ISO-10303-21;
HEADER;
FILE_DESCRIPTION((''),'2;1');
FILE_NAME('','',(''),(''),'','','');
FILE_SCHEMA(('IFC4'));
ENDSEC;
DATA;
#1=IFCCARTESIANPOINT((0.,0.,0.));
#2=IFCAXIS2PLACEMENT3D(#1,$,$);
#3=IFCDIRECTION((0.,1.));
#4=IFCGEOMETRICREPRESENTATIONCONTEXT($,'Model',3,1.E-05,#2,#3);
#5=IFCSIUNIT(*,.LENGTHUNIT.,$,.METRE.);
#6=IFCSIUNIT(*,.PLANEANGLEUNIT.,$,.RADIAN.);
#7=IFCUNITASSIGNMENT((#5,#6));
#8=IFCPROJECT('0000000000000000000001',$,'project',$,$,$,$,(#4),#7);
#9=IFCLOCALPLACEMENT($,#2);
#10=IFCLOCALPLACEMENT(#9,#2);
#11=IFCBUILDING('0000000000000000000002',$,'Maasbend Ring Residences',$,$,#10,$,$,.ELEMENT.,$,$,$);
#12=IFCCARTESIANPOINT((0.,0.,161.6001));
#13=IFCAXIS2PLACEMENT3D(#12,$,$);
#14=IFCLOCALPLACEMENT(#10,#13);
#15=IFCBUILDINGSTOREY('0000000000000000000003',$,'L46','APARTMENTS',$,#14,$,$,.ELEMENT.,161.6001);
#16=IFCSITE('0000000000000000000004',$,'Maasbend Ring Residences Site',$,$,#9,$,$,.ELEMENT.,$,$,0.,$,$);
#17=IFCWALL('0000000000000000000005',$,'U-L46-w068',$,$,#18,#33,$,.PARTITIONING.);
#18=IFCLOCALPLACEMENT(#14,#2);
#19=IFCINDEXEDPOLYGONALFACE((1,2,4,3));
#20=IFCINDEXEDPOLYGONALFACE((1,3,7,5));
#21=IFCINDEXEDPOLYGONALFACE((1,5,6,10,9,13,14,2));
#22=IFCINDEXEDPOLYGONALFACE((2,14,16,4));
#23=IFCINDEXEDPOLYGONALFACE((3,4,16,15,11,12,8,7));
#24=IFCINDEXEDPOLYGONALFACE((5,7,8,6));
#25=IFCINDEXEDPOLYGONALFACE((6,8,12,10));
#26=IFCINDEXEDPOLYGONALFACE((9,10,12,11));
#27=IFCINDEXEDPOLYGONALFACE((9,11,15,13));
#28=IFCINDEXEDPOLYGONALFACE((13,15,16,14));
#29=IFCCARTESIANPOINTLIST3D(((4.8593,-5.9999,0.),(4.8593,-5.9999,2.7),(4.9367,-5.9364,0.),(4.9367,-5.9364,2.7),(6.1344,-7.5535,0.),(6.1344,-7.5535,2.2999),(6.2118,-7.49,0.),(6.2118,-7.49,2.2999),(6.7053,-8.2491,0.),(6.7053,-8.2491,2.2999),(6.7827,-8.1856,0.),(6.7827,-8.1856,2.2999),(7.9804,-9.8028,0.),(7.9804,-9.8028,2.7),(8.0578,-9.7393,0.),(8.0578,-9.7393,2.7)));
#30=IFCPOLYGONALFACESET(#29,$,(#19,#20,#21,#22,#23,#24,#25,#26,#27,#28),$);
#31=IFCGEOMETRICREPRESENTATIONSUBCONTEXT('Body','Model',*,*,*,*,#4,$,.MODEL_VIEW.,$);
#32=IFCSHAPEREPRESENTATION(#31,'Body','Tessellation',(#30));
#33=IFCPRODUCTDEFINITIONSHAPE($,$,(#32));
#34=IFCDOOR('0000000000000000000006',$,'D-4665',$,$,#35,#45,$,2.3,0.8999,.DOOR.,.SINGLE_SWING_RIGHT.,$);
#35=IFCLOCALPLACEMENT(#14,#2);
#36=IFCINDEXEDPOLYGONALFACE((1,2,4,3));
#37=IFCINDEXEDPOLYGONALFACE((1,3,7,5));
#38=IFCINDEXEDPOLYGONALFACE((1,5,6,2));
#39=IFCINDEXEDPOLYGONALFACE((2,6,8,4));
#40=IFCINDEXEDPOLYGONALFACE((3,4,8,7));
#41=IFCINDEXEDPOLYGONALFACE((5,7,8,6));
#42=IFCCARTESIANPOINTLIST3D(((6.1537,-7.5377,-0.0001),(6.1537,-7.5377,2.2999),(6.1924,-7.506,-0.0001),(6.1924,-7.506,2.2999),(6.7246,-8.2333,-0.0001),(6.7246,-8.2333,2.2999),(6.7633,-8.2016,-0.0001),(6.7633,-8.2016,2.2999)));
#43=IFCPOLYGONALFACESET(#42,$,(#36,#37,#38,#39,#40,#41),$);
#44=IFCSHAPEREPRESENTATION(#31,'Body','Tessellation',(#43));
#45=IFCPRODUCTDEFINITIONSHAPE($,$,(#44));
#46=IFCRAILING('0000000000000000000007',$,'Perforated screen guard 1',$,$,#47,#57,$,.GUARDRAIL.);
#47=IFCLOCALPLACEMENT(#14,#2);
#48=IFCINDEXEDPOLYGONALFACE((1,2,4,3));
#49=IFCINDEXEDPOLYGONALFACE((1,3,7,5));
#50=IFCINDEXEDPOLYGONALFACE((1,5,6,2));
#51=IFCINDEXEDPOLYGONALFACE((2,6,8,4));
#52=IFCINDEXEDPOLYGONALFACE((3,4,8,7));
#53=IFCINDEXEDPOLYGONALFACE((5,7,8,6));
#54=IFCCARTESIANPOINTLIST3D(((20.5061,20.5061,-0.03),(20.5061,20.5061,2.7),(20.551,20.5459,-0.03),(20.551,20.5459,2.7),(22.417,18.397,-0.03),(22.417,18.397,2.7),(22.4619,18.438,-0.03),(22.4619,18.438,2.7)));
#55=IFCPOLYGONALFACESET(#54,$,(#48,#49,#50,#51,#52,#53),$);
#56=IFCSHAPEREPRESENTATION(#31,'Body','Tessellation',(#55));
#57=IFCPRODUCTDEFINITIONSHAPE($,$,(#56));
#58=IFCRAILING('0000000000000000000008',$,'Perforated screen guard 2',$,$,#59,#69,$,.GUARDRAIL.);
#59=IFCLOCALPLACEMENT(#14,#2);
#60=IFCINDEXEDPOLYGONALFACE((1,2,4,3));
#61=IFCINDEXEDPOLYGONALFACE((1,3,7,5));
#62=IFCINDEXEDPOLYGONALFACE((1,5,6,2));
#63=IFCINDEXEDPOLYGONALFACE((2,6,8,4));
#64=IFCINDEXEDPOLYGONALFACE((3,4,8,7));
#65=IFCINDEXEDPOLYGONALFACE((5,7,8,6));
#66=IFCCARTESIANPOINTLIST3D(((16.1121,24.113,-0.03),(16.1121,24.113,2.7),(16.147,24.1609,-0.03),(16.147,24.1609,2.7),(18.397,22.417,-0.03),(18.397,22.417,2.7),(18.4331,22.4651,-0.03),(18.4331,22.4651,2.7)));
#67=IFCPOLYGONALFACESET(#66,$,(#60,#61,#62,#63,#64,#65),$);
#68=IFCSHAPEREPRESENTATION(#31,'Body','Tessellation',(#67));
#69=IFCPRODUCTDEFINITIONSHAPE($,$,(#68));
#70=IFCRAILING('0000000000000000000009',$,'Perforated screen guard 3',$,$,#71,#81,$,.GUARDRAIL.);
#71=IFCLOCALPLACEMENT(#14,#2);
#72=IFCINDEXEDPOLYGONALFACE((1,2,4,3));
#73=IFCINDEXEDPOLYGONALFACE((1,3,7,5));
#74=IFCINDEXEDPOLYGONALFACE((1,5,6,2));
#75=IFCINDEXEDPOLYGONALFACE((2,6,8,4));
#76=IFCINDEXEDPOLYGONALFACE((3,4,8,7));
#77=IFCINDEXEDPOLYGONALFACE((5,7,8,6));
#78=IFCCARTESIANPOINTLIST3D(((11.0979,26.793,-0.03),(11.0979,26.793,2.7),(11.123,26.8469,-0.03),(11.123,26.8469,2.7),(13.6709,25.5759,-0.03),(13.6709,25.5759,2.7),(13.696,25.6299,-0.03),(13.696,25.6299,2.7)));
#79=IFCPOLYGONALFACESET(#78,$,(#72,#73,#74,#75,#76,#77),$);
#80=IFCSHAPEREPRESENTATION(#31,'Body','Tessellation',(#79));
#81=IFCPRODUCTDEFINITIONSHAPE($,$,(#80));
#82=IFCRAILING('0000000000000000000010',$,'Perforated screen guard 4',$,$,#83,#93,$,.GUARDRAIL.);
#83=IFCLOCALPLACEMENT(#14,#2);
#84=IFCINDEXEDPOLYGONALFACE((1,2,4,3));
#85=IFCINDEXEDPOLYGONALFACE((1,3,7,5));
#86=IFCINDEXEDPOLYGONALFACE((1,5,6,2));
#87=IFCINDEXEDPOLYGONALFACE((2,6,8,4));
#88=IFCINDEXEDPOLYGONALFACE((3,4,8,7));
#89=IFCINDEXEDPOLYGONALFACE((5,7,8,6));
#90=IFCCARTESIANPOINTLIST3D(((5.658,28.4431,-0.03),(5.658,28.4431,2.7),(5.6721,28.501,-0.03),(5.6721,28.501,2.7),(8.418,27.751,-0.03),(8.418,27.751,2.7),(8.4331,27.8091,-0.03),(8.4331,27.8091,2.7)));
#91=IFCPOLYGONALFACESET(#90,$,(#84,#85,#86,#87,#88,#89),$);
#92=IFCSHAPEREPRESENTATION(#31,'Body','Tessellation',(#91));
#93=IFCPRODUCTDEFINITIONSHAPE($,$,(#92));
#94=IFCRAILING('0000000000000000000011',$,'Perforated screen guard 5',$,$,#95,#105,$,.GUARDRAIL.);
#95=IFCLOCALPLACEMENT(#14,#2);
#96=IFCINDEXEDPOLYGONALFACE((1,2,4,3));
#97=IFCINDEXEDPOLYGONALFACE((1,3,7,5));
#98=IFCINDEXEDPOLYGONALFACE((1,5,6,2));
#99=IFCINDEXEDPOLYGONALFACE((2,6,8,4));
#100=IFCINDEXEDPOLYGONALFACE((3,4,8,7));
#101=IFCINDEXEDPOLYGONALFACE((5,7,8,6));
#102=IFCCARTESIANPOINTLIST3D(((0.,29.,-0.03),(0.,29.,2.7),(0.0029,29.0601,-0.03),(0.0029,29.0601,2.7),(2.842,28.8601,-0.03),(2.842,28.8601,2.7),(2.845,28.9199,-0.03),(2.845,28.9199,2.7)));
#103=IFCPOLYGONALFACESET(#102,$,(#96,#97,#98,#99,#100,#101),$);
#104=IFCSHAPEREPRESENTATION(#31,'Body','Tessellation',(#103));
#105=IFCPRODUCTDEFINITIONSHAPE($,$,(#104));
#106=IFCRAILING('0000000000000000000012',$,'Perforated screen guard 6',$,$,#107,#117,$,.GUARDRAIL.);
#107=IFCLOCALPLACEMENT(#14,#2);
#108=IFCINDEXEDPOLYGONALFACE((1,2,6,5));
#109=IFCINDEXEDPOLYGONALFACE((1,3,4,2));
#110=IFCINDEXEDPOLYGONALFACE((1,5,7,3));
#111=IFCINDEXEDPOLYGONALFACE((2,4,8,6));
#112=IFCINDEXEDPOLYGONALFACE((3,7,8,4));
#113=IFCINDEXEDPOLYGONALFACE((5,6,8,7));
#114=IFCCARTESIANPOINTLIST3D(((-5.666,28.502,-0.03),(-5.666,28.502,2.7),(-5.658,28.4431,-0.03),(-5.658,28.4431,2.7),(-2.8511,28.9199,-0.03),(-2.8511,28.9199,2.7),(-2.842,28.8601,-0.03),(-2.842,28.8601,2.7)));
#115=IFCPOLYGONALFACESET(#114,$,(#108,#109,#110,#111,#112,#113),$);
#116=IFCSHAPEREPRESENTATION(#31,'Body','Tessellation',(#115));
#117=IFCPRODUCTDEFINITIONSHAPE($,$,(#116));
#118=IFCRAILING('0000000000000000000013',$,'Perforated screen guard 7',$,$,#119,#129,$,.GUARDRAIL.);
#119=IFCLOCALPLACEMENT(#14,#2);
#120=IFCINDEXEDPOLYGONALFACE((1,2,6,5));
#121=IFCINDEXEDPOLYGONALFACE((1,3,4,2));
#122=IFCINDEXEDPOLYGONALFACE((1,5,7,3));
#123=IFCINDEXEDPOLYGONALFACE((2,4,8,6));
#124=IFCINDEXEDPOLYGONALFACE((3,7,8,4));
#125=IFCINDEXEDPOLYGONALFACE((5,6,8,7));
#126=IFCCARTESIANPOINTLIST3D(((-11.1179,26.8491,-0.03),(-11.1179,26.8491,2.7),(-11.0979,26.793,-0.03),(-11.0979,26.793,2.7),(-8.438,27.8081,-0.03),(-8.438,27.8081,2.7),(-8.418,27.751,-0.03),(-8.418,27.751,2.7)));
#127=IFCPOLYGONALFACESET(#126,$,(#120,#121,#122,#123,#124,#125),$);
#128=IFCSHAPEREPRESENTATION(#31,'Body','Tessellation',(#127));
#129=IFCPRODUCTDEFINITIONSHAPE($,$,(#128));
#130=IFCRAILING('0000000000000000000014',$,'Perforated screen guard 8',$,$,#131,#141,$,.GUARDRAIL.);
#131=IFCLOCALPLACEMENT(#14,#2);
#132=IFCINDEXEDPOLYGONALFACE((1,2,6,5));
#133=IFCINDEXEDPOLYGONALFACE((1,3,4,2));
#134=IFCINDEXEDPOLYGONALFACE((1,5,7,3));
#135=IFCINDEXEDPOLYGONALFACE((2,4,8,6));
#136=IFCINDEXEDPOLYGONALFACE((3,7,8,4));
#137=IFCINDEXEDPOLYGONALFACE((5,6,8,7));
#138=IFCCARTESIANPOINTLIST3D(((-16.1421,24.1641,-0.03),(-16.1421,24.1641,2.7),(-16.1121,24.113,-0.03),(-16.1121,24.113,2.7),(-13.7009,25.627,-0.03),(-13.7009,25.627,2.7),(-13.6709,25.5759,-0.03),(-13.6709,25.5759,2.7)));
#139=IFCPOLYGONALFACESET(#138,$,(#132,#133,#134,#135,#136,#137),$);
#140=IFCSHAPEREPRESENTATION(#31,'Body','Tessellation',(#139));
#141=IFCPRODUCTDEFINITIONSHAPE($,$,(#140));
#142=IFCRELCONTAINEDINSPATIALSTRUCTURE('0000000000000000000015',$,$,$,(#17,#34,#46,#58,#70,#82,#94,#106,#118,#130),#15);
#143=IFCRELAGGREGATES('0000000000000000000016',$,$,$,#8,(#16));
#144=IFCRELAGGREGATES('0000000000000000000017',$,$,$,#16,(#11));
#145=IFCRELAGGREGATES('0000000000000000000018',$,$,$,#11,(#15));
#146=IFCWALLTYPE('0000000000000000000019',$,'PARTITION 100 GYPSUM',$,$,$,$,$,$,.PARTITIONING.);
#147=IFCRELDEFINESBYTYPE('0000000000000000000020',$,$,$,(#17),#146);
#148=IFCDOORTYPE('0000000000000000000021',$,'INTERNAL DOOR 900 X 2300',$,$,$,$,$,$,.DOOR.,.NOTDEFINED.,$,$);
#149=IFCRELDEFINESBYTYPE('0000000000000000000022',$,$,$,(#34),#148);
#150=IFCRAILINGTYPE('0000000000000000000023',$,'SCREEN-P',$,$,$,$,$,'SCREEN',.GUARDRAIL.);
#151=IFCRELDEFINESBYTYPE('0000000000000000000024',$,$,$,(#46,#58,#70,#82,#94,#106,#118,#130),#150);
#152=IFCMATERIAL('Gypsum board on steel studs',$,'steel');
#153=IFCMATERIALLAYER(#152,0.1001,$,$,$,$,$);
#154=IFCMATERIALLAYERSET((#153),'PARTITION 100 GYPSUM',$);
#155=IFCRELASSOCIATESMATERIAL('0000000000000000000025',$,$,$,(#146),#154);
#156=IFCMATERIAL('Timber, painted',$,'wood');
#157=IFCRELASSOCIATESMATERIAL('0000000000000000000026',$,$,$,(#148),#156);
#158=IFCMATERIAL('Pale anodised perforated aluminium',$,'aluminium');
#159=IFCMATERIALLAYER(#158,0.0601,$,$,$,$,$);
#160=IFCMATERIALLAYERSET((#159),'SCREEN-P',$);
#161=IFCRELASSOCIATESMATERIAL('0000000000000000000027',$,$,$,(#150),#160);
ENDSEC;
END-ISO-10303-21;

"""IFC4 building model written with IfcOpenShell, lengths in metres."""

from ifc_helpers import new_model, si_unit, direction, frame, frame_2d, origin, place, context, subcontext, project, spatial, polyline, rectangle, outline, extrude, material, layer, layer_set, type_object, element, fill, save


model = new_model("IFC4")

# Units and contexts
model_context = context("Model", 3, precision=1e-05, world=origin(), true_north=direction((0.0, 1.0)))
body_context = subcontext(model_context, "Body", "Model", "MODEL_VIEW")
ifc_project = project(units=[si_unit("LENGTHUNIT", "METRE"), si_unit("PLANEANGLEUNIT", "RADIAN")], contexts=[model_context])

# Site, building, storey
site_placement = place(None, origin())
site = spatial("IfcSite", under=ifc_project, at=site_placement, Name="Maasbend Ring Residences Site", CompositionType="ELEMENT", RefElevation=0.0)
building_placement = place(site_placement, origin())
building = spatial("IfcBuilding", under=site, at=building_placement, Name="Maasbend Ring Residences", CompositionType="ELEMENT")
storey_placement = place(building_placement, frame((0.0, 0.0, 161.6001)))
storey = spatial("IfcBuildingStorey", under=building, at=storey_placement, Name="L46", Description="APARTMENTS", CompositionType="ELEMENT", Elevation=161.6001)

# Wall, opening, door
ifc_material_1 = material(Name="Gypsum board on steel studs", Category="steel")
ifc_layer_1 = layer(ifc_material_1, 0.1001)
ifc_layer_set_1 = layer_set([ifc_layer_1], Name="PARTITION 100 GYPSUM")
wall_type = type_object("IfcWallType", Name="PARTITION 100 GYPSUM", PredefinedType="PARTITIONING", material=ifc_layer_set_1)
wall_placement = place(storey_placement, frame((4.8979, -5.968, 0.0), z_axis=(0.0, 0.0, 1.0), x_axis=(0.634402, -0.773003, 0.0)))
wall = element("IfcWall", 1, at=wall_placement, inside=storey, type_object=wall_type, Name="U-L46-w068", PredefinedType="PARTITIONING", context=body_context, shape_type="SweptSolid", body=[
    extrude(rectangle(XDim=4.9197, YDim=0.1001, at=frame_2d((2.46, 0.0))), origin(), (0.0, 0.0, 1.0), 2.7),
])
opening_placement = place(wall_placement, frame((2.01, 0.0, 0.0)))
opening = element("IfcOpeningElement", 2, at=opening_placement, cuts=wall, PredefinedType="OPENING", context=body_context, shape_type="SweptSolid", body=[
    extrude(rectangle(XDim=0.8999, YDim=2.3, at=frame_2d((0.45, 1.1499))), frame((0.0, 0.0601, 0.0), z_axis=(0.0, -1.0, 0.0), x_axis=(1.0, 0.0, 0.0)), (0.0, 0.0, 1.0), 0.1201),
])
ifc_material_2 = material(Name="Timber, painted", Category="wood")
door_type = type_object("IfcDoorType", Name="INTERNAL DOOR 900 X 2300", OperationType="NOTDEFINED", PredefinedType="DOOR", material=ifc_material_2)
door_placement = place(opening_placement, origin())
door = element("IfcDoor", 3, at=door_placement, inside=storey, type_object=door_type, Name="D-4665", OperationType="SINGLE_SWING_RIGHT", OverallHeight=2.3, OverallWidth=0.8999, PredefinedType="DOOR", context=body_context, shape_type="SweptSolid", body=[
    extrude(rectangle(XDim=0.8999, YDim=2.3, at=frame_2d((0.45, 1.1499))), frame((0.0, 0.0249, 0.0), z_axis=(0.0, -1.0, 0.0), x_axis=(1.0, 0.0, 0.0)), (0.0, 0.0, 1.0), 0.05),
])
fill(opening, door)

# Railings
ifc_material_3 = material(Name="Pale anodised perforated aluminium", Category="aluminium")
ifc_layer_2 = layer(ifc_material_3, 0.0601)
ifc_layer_set_2 = layer_set([ifc_layer_2], Name="SCREEN-P")
railing_type = type_object("IfcRailingType", Name="SCREEN-P", ElementType="SCREEN", PredefinedType="GUARDRAIL", material=ifc_layer_set_2)
railing_1_placement = place(storey_placement, frame((0.0, 0.0, -0.03)))
element("IfcRailing", 4, at=railing_1_placement, inside=storey, type_object=railing_type, Name="Perforated screen guard 1", PredefinedType="GUARDRAIL", context=body_context, shape_type="SweptSolid", body=[
    extrude(outline(polyline([(22.417, 18.397), (20.5061, 20.5061), (20.551, 20.5459), (22.4619, 18.438), (22.417, 18.397)])), origin(), (0.0, 0.0, 1.0), 2.73),
])
railing_2_placement = place(storey_placement, frame((0.0, 0.0, -0.03)))
element("IfcRailing", 5, at=railing_2_placement, inside=storey, type_object=railing_type, Name="Perforated screen guard 2", PredefinedType="GUARDRAIL", context=body_context, shape_type="SweptSolid", body=[
    extrude(outline(polyline([(18.397, 22.417), (16.1121, 24.113), (16.147, 24.1609), (18.4331, 22.4651), (18.397, 22.417)])), origin(), (0.0, 0.0, 1.0), 2.73),
])
railing_3_placement = place(storey_placement, frame((0.0, 0.0, -0.03)))
element("IfcRailing", 6, at=railing_3_placement, inside=storey, type_object=railing_type, Name="Perforated screen guard 3", PredefinedType="GUARDRAIL", context=body_context, shape_type="SweptSolid", body=[
    extrude(outline(polyline([(13.6709, 25.5759), (11.0979, 26.793), (11.123, 26.8469), (13.696, 25.6299), (13.6709, 25.5759)])), origin(), (0.0, 0.0, 1.0), 2.73),
])
railing_4_placement = place(storey_placement, frame((0.0, 0.0, -0.03)))
element("IfcRailing", 7, at=railing_4_placement, inside=storey, type_object=railing_type, Name="Perforated screen guard 4", PredefinedType="GUARDRAIL", context=body_context, shape_type="SweptSolid", body=[
    extrude(outline(polyline([(8.418, 27.751), (5.658, 28.4431), (5.6721, 28.501), (8.4331, 27.8091), (8.418, 27.751)])), origin(), (0.0, 0.0, 1.0), 2.73),
])
railing_5_placement = place(storey_placement, frame((0.0, 0.0, -0.03)))
element("IfcRailing", 8, at=railing_5_placement, inside=storey, type_object=railing_type, Name="Perforated screen guard 5", PredefinedType="GUARDRAIL", context=body_context, shape_type="SweptSolid", body=[
    extrude(outline(polyline([(2.842, 28.8601), (0.0, 29.0), (0.0029, 29.0601), (2.845, 28.9199), (2.842, 28.8601)])), origin(), (0.0, 0.0, 1.0), 2.73),
])
railing_6_placement = place(storey_placement, frame((0.0, 0.0, -0.03)))
element("IfcRailing", 9, at=railing_6_placement, inside=storey, type_object=railing_type, Name="Perforated screen guard 6", PredefinedType="GUARDRAIL", context=body_context, shape_type="SweptSolid", body=[
    extrude(outline(polyline([(-2.842, 28.8601), (-5.658, 28.4431), (-5.666, 28.502), (-2.8511, 28.9199), (-2.842, 28.8601)])), origin(), (0.0, 0.0, 1.0), 2.73),
])
railing_7_placement = place(storey_placement, frame((0.0, 0.0, -0.03)))
element("IfcRailing", 10, at=railing_7_placement, inside=storey, type_object=railing_type, Name="Perforated screen guard 7", PredefinedType="GUARDRAIL", context=body_context, shape_type="SweptSolid", body=[
    extrude(outline(polyline([(-8.418, 27.751), (-11.0979, 26.793), (-11.1179, 26.8491), (-8.438, 27.8081), (-8.418, 27.751)])), origin(), (0.0, 0.0, 1.0), 2.73),
])
railing_8_placement = place(storey_placement, frame((0.0, 0.0, -0.03)))
element("IfcRailing", 11, at=railing_8_placement, inside=storey, type_object=railing_type, Name="Perforated screen guard 8", PredefinedType="GUARDRAIL", context=body_context, shape_type="SweptSolid", body=[
    extrude(outline(polyline([(-13.6709, 25.5759), (-16.1121, 24.113), (-16.1421, 24.1641), (-13.7009, 25.627), (-13.6709, 25.5759)])), origin(), (0.0, 0.0, 1.0), 2.73),
])

save(model, "model.ifc")
